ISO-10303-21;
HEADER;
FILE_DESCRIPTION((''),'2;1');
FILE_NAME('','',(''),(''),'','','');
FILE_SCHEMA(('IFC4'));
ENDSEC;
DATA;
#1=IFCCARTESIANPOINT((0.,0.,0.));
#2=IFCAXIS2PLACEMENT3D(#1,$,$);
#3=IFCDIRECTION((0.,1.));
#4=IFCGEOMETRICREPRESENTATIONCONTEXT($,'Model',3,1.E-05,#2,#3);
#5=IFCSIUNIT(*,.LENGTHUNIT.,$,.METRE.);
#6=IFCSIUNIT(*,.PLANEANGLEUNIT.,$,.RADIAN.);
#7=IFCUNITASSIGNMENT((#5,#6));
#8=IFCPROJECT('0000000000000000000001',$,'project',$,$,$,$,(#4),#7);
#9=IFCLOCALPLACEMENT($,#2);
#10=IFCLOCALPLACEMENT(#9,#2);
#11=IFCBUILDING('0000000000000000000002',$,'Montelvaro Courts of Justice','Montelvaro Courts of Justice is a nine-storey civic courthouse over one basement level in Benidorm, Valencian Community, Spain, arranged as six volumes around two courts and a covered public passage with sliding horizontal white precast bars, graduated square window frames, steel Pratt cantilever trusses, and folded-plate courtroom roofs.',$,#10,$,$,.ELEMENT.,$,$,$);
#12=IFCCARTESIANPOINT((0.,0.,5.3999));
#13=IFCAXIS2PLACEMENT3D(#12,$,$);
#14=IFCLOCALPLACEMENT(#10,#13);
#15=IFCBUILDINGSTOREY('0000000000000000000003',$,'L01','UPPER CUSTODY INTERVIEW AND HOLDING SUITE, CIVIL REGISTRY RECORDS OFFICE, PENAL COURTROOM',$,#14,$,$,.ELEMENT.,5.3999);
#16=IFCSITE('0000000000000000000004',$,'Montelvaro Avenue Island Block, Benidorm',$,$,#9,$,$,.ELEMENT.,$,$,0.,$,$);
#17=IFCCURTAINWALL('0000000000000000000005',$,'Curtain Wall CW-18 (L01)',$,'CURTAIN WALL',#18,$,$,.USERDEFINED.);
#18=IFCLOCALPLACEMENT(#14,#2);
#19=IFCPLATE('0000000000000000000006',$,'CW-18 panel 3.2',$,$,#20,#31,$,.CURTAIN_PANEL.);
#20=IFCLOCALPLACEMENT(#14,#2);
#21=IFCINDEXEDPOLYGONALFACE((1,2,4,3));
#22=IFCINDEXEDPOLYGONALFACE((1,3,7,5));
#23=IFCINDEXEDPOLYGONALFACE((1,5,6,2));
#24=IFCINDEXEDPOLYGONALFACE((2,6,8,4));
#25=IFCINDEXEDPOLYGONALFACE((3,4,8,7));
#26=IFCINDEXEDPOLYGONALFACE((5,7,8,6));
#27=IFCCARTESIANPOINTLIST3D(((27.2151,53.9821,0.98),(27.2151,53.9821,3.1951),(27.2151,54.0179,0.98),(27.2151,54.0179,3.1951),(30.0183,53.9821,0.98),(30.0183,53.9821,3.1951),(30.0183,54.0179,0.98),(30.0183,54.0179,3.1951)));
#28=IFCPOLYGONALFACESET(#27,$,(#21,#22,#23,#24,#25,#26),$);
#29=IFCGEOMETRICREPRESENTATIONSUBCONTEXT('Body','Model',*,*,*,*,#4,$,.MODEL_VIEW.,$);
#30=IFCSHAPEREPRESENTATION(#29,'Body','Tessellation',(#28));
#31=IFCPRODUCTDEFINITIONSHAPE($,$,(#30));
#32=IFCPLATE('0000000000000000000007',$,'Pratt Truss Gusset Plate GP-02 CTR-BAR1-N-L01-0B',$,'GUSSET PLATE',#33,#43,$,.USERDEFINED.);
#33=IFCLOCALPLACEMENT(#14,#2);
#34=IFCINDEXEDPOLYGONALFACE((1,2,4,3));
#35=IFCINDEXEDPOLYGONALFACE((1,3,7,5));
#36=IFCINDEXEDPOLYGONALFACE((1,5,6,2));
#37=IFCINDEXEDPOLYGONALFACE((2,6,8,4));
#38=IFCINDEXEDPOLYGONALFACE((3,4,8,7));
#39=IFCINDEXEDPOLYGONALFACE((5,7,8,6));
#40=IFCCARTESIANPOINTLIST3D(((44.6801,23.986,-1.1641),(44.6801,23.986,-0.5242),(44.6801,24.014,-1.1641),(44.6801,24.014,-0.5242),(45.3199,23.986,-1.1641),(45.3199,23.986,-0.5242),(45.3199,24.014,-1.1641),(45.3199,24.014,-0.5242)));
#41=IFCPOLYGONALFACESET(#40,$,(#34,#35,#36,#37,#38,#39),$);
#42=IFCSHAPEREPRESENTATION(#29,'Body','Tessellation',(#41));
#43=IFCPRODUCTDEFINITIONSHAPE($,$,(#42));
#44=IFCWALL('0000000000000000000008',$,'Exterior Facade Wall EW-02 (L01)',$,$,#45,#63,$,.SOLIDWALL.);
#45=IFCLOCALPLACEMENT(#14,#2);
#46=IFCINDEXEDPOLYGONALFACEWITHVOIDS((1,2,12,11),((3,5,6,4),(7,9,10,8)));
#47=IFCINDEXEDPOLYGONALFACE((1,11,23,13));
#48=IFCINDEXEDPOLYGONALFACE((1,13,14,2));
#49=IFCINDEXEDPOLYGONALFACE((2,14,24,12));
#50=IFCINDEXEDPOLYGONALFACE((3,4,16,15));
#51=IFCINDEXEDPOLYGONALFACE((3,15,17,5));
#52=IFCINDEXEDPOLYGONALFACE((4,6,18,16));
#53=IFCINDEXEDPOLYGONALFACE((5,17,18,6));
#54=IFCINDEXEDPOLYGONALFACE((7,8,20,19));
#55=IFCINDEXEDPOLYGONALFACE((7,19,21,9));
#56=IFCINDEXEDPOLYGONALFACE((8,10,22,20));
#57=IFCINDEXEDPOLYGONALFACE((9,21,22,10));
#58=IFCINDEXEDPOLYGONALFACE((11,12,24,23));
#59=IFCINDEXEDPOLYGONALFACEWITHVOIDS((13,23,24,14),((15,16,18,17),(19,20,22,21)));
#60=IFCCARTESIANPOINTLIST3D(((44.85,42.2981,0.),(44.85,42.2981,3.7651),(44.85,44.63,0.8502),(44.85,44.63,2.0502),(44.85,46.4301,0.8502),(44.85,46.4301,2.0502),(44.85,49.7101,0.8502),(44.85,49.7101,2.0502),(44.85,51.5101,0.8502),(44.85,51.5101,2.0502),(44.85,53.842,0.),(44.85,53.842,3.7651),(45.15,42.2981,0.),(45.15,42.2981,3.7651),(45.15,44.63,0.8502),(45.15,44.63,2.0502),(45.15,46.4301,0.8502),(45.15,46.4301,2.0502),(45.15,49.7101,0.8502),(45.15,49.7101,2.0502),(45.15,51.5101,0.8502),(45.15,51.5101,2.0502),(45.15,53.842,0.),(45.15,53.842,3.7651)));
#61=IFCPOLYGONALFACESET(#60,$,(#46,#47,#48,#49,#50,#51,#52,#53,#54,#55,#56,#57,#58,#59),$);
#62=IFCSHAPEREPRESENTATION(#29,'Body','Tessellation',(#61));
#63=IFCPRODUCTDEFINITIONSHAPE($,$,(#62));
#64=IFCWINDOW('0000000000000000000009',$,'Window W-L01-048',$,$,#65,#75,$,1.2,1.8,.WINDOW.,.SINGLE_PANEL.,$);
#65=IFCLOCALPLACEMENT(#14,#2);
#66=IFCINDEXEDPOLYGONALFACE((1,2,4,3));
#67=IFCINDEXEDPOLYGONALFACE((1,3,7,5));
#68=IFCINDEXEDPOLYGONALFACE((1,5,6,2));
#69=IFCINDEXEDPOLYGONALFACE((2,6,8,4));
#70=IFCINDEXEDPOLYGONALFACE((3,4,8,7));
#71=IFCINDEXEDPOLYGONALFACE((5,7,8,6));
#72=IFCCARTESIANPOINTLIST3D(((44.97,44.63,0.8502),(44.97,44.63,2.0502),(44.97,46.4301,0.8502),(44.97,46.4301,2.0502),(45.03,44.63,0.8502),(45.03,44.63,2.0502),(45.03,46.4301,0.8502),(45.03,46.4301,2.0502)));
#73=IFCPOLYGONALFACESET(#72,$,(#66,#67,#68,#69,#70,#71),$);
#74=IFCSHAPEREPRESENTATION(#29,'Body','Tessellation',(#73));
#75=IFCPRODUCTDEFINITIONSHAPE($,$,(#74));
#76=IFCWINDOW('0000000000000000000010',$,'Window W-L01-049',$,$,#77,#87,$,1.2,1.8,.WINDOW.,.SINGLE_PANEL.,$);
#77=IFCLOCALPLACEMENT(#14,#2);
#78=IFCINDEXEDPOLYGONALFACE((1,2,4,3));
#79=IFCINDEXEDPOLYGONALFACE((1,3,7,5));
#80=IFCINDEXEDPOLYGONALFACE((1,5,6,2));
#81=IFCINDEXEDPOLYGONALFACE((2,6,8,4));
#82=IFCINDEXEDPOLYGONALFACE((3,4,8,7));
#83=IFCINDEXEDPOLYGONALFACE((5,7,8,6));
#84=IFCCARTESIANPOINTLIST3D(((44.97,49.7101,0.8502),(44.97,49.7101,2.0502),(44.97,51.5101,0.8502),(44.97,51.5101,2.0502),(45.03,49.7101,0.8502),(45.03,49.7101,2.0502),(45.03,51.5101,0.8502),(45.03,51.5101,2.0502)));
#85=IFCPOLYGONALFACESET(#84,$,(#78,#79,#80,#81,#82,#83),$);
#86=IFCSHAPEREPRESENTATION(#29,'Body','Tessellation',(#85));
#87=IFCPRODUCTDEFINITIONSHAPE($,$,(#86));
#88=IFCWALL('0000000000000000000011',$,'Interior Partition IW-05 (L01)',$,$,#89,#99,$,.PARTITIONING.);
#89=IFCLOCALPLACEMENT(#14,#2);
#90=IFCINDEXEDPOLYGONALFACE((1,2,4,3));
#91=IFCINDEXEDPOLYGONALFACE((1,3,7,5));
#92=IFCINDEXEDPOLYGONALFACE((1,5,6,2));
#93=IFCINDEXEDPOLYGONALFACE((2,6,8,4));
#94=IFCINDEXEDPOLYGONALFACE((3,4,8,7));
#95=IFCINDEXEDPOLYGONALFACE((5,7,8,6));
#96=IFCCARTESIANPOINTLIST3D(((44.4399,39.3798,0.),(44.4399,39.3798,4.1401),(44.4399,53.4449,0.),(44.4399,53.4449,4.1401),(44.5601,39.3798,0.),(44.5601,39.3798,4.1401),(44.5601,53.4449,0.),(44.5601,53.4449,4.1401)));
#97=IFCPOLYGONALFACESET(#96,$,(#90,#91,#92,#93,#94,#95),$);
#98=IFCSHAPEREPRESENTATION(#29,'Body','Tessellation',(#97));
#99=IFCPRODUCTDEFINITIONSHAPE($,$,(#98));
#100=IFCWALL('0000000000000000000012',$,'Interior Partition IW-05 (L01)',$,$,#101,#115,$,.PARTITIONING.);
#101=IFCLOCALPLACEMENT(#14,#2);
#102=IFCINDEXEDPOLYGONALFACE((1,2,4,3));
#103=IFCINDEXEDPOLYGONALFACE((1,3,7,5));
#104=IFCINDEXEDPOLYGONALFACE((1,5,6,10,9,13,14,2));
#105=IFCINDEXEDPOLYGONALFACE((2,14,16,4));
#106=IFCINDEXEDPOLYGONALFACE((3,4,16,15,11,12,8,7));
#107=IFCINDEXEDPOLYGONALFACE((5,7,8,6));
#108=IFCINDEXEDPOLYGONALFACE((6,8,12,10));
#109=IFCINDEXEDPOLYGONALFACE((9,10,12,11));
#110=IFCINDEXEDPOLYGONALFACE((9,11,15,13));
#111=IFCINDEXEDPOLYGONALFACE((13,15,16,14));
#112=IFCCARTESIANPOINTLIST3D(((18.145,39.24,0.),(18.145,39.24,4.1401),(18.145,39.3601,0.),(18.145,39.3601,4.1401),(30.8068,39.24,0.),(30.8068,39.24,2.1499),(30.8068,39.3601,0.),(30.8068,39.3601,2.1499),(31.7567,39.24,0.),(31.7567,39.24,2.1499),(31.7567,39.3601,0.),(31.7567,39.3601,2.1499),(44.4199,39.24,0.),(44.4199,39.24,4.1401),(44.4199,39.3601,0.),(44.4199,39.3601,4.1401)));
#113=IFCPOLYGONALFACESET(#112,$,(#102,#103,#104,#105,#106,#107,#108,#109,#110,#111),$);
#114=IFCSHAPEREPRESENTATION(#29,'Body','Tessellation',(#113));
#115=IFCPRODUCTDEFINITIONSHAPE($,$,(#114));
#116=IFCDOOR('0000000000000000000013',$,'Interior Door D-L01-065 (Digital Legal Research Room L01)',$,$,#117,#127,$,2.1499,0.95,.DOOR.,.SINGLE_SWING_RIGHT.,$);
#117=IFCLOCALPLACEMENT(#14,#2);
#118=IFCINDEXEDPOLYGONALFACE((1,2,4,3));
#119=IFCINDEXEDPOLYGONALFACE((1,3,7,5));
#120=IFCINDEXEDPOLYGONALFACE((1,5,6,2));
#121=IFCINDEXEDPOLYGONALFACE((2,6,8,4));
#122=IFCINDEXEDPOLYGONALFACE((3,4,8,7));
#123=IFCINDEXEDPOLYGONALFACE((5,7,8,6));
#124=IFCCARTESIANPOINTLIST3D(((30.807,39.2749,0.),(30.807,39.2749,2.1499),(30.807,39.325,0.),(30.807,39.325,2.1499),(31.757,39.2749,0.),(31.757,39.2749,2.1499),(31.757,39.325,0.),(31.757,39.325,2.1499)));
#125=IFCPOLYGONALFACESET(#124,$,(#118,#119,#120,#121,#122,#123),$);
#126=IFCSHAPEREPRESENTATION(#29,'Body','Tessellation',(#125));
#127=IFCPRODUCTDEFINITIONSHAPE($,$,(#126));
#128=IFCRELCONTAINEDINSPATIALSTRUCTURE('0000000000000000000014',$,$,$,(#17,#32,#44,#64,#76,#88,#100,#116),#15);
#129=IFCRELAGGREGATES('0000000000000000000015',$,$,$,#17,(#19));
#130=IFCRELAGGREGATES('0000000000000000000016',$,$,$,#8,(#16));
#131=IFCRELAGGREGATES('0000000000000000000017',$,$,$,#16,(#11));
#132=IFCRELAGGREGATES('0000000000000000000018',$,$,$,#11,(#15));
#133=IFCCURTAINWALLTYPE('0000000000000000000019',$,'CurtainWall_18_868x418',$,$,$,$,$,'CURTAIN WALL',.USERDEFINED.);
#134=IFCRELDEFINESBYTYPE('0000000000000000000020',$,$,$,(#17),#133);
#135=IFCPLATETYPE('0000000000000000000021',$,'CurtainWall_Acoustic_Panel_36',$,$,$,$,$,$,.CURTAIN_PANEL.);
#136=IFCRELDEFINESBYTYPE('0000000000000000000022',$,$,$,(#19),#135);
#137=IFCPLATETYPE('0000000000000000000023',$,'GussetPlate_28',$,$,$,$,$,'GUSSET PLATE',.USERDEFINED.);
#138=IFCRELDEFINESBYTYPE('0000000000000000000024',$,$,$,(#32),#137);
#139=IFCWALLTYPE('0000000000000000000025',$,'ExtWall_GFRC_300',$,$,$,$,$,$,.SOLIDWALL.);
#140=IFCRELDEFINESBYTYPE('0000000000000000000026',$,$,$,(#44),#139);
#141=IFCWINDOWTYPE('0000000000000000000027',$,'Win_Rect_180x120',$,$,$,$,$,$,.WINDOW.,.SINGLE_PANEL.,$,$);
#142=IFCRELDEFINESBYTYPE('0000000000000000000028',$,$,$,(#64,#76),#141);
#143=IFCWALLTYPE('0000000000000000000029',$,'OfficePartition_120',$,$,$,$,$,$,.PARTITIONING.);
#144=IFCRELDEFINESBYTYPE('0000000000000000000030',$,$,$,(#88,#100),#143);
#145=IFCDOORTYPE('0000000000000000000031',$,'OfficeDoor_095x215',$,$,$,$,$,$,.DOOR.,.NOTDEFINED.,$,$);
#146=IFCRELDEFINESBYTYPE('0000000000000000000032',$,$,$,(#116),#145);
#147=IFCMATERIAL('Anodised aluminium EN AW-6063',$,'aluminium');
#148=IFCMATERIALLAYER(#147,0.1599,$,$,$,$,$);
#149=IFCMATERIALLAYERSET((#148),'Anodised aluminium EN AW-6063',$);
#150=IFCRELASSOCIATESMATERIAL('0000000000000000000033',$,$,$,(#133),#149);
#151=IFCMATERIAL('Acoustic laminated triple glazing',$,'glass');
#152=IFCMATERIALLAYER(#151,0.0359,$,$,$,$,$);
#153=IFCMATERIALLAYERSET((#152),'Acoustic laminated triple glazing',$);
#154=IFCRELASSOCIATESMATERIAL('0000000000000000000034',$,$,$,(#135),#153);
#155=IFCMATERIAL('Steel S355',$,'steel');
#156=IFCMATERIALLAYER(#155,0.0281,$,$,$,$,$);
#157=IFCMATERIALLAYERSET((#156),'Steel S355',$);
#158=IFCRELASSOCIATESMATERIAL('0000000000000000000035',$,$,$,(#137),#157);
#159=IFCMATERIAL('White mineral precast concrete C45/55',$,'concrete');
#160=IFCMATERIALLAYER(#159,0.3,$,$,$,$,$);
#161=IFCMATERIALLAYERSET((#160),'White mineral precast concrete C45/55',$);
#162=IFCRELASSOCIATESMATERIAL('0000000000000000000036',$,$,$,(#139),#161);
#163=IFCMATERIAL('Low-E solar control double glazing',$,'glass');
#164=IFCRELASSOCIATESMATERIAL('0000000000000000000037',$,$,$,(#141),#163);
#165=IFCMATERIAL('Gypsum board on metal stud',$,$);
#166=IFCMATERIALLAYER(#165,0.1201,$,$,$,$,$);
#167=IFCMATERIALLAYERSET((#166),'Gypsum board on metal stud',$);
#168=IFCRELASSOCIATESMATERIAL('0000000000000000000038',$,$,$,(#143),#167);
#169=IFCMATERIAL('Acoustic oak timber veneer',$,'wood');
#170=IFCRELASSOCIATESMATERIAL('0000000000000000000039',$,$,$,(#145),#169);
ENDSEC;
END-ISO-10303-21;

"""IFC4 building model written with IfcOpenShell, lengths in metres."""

from ifc_helpers import new_model, si_unit, direction, frame, frame_2d, origin, origin_2d, place, context, subcontext, project, spatial, rectangle, extrude, material, layer, layer_set, type_object, element, fill, aggregate, save


model = new_model("IFC4")

# Units and contexts
model_context = context("Model", 3, precision=1e-05, world=origin(), true_north=direction((0.0, 1.0)))
body_context = subcontext(model_context, "Body", "Model", "MODEL_VIEW")
ifc_project = project(units=[si_unit("LENGTHUNIT", "METRE"), si_unit("PLANEANGLEUNIT", "RADIAN")], contexts=[model_context])

# Site, building, storey
site_placement = place(None, origin())
site = spatial("IfcSite", under=ifc_project, at=site_placement, Name="Montelvaro Avenue Island Block, Benidorm", CompositionType="ELEMENT", RefElevation=0.0)
building_placement = place(site_placement, origin())
building = spatial("IfcBuilding", under=site, at=building_placement, Name="Montelvaro Courts of Justice", Description="Montelvaro Courts of Justice is a nine-storey civic courthouse over one basement level in Benidorm, Valencian Community, Spain, arranged as six volumes around two courts and a covered public passage with sliding horizontal white precast bars, graduated square window frames, steel Pratt cantilever trusses, and folded-plate courtroom roofs.", CompositionType="ELEMENT")
storey_placement = place(building_placement, frame((0.0, 0.0, 5.3999)))
storey = spatial("IfcBuildingStorey", under=building, at=storey_placement, Name="L01", Description="UPPER CUSTODY INTERVIEW AND HOLDING SUITE, CIVIL REGISTRY RECORDS OFFICE, PENAL COURTROOM", CompositionType="ELEMENT", Elevation=5.3999)

# Shared definitions
ifc_material_1 = material(Name="Steel S355", Category="steel")

# Curtain wall
ifc_material_2 = material(Name="Anodised aluminium EN AW-6063", Category="aluminium")
ifc_layer_1 = layer(ifc_material_2, 0.1599)
ifc_layer_set_1 = layer_set([ifc_layer_1], Name="Anodised aluminium EN AW-6063")
curtain_wall_type = type_object("IfcCurtainWallType", Name="CurtainWall_18_868x418", ElementType="CURTAIN WALL", PredefinedType="USERDEFINED", material=ifc_layer_set_1)
curtain_wall_placement = place(storey_placement, origin())
curtain_wall = element("IfcCurtainWall", 1, at=curtain_wall_placement, inside=storey, type_object=curtain_wall_type, Name="Curtain Wall CW-18 (L01)", ObjectType="CURTAIN WALL", PredefinedType="USERDEFINED")

# Plates
ifc_material_3 = material(Name="Acoustic laminated triple glazing", Category="glass")
ifc_layer_2 = layer(ifc_material_3, 0.0359)
ifc_layer_set_2 = layer_set([ifc_layer_2], Name="Acoustic laminated triple glazing")
plate_type_1 = type_object("IfcPlateType", Name="CurtainWall_Acoustic_Panel_36", PredefinedType="CURTAIN_PANEL", material=ifc_layer_set_2)
plate_1_placement = place(storey_placement, frame((28.6167, 54.0, 0.98), z_axis=(0.0, 0.0, 1.0), x_axis=(-1.0, 0.0, 0.0)))
plate_1 = element("IfcPlate", 2, at=plate_1_placement, type_object=plate_type_1, Name="CW-18 panel 3.2", PredefinedType="CURTAIN_PANEL", context=body_context, shape_type="SweptSolid", body=[
    extrude(rectangle(XDim=2.8032, YDim=0.0359, at=origin_2d()), origin(), (0.0, 0.0, 1.0), 2.2151),
])
aggregate(curtain_wall, [plate_1])
ifc_layer_3 = layer(ifc_material_1, 0.0281)
ifc_layer_set_3 = layer_set([ifc_layer_3], Name="Steel S355")
plate_type_2 = type_object("IfcPlateType", Name="GussetPlate_28", ElementType="GUSSET PLATE", PredefinedType="USERDEFINED", material=ifc_layer_set_3)
plate_2_placement = place(storey_placement, frame((45.0, 24.0, -1.1641), z_axis=(0.0, 0.0, 1.0), x_axis=(1.0, 0.0, 0.0)))
element("IfcPlate", 3, at=plate_2_placement, inside=storey, type_object=plate_type_2, Name="Pratt Truss Gusset Plate GP-02 CTR-BAR1-N-L01-0B", ObjectType="GUSSET PLATE", PredefinedType="USERDEFINED", context=body_context, shape_type="SweptSolid", body=[
    extrude(rectangle(XDim=0.6399, YDim=0.0281, at=origin_2d()), origin(), (0.0, 0.0, 1.0), 0.6399),
])

# Wall, openings, windows
ifc_material_4 = material(Name="White mineral precast concrete C45/55", Category="concrete")
ifc_layer_4 = layer(ifc_material_4, 0.3)
ifc_layer_set_4 = layer_set([ifc_layer_4], Name="White mineral precast concrete C45/55")
wall_type_1 = type_object("IfcWallType", Name="ExtWall_GFRC_300", PredefinedType="SOLIDWALL", material=ifc_layer_set_4)
wall_1_placement = place(storey_placement, frame((45.0, 42.2981, 0.0), z_axis=(0.0, 0.0, 1.0), x_axis=(0.0, 1.0, 0.0)))
wall_1 = element("IfcWall", 4, at=wall_1_placement, inside=storey, type_object=wall_type_1, Name="Exterior Facade Wall EW-02 (L01)", PredefinedType="SOLIDWALL", context=body_context, shape_type="SweptSolid", body=[
    extrude(rectangle(XDim=11.5439, YDim=0.3, at=frame_2d((5.772, 0.0))), origin(), (0.0, 0.0, 1.0), 3.7651),
])
opening_1_placement = place(wall_1_placement, frame((2.332, 0.0, 0.8501)))
opening_1 = element("IfcOpeningElement", 5, at=opening_1_placement, cuts=wall_1, PredefinedType="OPENING", context=body_context, shape_type="SweptSolid", body=[
    extrude(rectangle(XDim=1.8, YDim=1.2, at=frame_2d((0.8999, 0.6001))), frame((0.0, 0.165, 0.0), z_axis=(0.0, -1.0, 0.0), x_axis=(1.0, 0.0, 0.0)), (0.0, 0.0, 1.0), 0.3298),
])
opening_2_placement = place(wall_1_placement, frame((7.4121, 0.0, 0.8501)))
opening_2 = element("IfcOpeningElement", 6, at=opening_2_placement, cuts=wall_1, PredefinedType="OPENING", context=body_context, shape_type="SweptSolid", body=[
    extrude(rectangle(XDim=1.8, YDim=1.2, at=frame_2d((0.8999, 0.6001))), frame((0.0, 0.165, 0.0), z_axis=(0.0, -1.0, 0.0), x_axis=(1.0, 0.0, 0.0)), (0.0, 0.0, 1.0), 0.3298),
])
ifc_material_5 = material(Name="Low-E solar control double glazing", Category="glass")
window_type = type_object("IfcWindowType", Name="Win_Rect_180x120", PartitioningType="SINGLE_PANEL", PredefinedType="WINDOW", material=ifc_material_5)
window_1_placement = place(opening_1_placement, origin())
window_1 = element("IfcWindow", 7, at=window_1_placement, inside=storey, type_object=window_type, Name="Window W-L01-048", OverallHeight=1.2, OverallWidth=1.8, PartitioningType="SINGLE_PANEL", PredefinedType="WINDOW", context=body_context, shape_type="SweptSolid", body=[
    extrude(rectangle(XDim=1.8, YDim=1.2, at=frame_2d((0.8999, 0.6001))), frame((0.0, 0.03, 0.0), z_axis=(0.0, -1.0, 0.0), x_axis=(1.0, 0.0, 0.0)), (0.0, 0.0, 1.0), 0.0601),
])
fill(opening_1, window_1)
window_2_placement = place(opening_2_placement, origin())
window_2 = element("IfcWindow", 8, at=window_2_placement, inside=storey, type_object=window_type, Name="Window W-L01-049", OverallHeight=1.2, OverallWidth=1.8, PartitioningType="SINGLE_PANEL", PredefinedType="WINDOW", context=body_context, shape_type="SweptSolid", body=[
    extrude(rectangle(XDim=1.8, YDim=1.2, at=frame_2d((0.8999, 0.6001))), frame((0.0, 0.03, 0.0), z_axis=(0.0, -1.0, 0.0), x_axis=(1.0, 0.0, 0.0)), (0.0, 0.0, 1.0), 0.0601),
])
fill(opening_2, window_2)

# Wall
ifc_material_6 = material(Name="Gypsum board on metal stud")
ifc_layer_5 = layer(ifc_material_6, 0.1201)
ifc_layer_set_5 = layer_set([ifc_layer_5], Name="Gypsum board on metal stud")
wall_type_2 = type_object("IfcWallType", Name="OfficePartition_120", PredefinedType="PARTITIONING", material=ifc_layer_set_5)
wall_2_placement = place(storey_placement, frame((44.5, 53.4451, 0.0), z_axis=(0.0, 0.0, 1.0), x_axis=(0.0, -1.0, 0.0)))
element("IfcWall", 9, at=wall_2_placement, inside=storey, type_object=wall_type_2, Name="Interior Partition IW-05 (L01)", PredefinedType="PARTITIONING", context=body_context, shape_type="SweptSolid", body=[
    extrude(rectangle(XDim=14.0652, YDim=0.1201, at=frame_2d((7.0327, 0.0))), origin(), (0.0, 0.0, 1.0), 4.1401),
])

# Wall, opening, door
wall_3_placement = place(storey_placement, frame((44.4199, 39.3, 0.0), z_axis=(0.0, 0.0, 1.0), x_axis=(-1.0, 0.0, 0.0)))
wall_3 = element("IfcWall", 10, at=wall_3_placement, inside=storey, type_object=wall_type_2, Name="Interior Partition IW-05 (L01)", PredefinedType="PARTITIONING", context=body_context, shape_type="SweptSolid", body=[
    extrude(rectangle(XDim=26.2749, YDim=0.1201, at=frame_2d((13.1375, 0.0))), origin(), (0.0, 0.0, 1.0), 4.1401),
])
opening_3_placement = place(wall_3_placement, frame((12.6631, 0.0, 0.0)))
opening_3 = element("IfcOpeningElement", 11, at=opening_3_placement, cuts=wall_3, PredefinedType="OPENING", context=body_context, shape_type="SweptSolid", body=[
    extrude(rectangle(XDim=0.95, YDim=2.1499, at=frame_2d((0.4751, 1.075))), frame((0.0, 0.075, 0.0), z_axis=(0.0, -1.0, 0.0), x_axis=(1.0, 0.0, 0.0)), (0.0, 0.0, 1.0), 0.1499),
])
ifc_material_7 = material(Name="Acoustic oak timber veneer", Category="wood")
door_type = type_object("IfcDoorType", Name="OfficeDoor_095x215", OperationType="NOTDEFINED", PredefinedType="DOOR", material=ifc_material_7)
door_placement = place(opening_3_placement, frame((0.95, 0.0, 0.0), z_axis=(0.0, 0.0, 1.0), x_axis=(-1.0, 0.0, 0.0)))
door = element("IfcDoor", 12, at=door_placement, inside=storey, type_object=door_type, Name="Interior Door D-L01-065 (Digital Legal Research Room L01)", OperationType="SINGLE_SWING_RIGHT", OverallHeight=2.1499, OverallWidth=0.95, PredefinedType="DOOR", context=body_context, shape_type="SweptSolid", body=[
    extrude(rectangle(XDim=0.95, YDim=2.1499, at=frame_2d((0.4751, 1.075))), frame((0.0, 0.0249, 0.0), z_axis=(0.0, -1.0, 0.0), x_axis=(1.0, 0.0, 0.0)), (0.0, 0.0, 1.0), 0.05),
])
fill(opening_3, door)

save(model, "model.ifc")
